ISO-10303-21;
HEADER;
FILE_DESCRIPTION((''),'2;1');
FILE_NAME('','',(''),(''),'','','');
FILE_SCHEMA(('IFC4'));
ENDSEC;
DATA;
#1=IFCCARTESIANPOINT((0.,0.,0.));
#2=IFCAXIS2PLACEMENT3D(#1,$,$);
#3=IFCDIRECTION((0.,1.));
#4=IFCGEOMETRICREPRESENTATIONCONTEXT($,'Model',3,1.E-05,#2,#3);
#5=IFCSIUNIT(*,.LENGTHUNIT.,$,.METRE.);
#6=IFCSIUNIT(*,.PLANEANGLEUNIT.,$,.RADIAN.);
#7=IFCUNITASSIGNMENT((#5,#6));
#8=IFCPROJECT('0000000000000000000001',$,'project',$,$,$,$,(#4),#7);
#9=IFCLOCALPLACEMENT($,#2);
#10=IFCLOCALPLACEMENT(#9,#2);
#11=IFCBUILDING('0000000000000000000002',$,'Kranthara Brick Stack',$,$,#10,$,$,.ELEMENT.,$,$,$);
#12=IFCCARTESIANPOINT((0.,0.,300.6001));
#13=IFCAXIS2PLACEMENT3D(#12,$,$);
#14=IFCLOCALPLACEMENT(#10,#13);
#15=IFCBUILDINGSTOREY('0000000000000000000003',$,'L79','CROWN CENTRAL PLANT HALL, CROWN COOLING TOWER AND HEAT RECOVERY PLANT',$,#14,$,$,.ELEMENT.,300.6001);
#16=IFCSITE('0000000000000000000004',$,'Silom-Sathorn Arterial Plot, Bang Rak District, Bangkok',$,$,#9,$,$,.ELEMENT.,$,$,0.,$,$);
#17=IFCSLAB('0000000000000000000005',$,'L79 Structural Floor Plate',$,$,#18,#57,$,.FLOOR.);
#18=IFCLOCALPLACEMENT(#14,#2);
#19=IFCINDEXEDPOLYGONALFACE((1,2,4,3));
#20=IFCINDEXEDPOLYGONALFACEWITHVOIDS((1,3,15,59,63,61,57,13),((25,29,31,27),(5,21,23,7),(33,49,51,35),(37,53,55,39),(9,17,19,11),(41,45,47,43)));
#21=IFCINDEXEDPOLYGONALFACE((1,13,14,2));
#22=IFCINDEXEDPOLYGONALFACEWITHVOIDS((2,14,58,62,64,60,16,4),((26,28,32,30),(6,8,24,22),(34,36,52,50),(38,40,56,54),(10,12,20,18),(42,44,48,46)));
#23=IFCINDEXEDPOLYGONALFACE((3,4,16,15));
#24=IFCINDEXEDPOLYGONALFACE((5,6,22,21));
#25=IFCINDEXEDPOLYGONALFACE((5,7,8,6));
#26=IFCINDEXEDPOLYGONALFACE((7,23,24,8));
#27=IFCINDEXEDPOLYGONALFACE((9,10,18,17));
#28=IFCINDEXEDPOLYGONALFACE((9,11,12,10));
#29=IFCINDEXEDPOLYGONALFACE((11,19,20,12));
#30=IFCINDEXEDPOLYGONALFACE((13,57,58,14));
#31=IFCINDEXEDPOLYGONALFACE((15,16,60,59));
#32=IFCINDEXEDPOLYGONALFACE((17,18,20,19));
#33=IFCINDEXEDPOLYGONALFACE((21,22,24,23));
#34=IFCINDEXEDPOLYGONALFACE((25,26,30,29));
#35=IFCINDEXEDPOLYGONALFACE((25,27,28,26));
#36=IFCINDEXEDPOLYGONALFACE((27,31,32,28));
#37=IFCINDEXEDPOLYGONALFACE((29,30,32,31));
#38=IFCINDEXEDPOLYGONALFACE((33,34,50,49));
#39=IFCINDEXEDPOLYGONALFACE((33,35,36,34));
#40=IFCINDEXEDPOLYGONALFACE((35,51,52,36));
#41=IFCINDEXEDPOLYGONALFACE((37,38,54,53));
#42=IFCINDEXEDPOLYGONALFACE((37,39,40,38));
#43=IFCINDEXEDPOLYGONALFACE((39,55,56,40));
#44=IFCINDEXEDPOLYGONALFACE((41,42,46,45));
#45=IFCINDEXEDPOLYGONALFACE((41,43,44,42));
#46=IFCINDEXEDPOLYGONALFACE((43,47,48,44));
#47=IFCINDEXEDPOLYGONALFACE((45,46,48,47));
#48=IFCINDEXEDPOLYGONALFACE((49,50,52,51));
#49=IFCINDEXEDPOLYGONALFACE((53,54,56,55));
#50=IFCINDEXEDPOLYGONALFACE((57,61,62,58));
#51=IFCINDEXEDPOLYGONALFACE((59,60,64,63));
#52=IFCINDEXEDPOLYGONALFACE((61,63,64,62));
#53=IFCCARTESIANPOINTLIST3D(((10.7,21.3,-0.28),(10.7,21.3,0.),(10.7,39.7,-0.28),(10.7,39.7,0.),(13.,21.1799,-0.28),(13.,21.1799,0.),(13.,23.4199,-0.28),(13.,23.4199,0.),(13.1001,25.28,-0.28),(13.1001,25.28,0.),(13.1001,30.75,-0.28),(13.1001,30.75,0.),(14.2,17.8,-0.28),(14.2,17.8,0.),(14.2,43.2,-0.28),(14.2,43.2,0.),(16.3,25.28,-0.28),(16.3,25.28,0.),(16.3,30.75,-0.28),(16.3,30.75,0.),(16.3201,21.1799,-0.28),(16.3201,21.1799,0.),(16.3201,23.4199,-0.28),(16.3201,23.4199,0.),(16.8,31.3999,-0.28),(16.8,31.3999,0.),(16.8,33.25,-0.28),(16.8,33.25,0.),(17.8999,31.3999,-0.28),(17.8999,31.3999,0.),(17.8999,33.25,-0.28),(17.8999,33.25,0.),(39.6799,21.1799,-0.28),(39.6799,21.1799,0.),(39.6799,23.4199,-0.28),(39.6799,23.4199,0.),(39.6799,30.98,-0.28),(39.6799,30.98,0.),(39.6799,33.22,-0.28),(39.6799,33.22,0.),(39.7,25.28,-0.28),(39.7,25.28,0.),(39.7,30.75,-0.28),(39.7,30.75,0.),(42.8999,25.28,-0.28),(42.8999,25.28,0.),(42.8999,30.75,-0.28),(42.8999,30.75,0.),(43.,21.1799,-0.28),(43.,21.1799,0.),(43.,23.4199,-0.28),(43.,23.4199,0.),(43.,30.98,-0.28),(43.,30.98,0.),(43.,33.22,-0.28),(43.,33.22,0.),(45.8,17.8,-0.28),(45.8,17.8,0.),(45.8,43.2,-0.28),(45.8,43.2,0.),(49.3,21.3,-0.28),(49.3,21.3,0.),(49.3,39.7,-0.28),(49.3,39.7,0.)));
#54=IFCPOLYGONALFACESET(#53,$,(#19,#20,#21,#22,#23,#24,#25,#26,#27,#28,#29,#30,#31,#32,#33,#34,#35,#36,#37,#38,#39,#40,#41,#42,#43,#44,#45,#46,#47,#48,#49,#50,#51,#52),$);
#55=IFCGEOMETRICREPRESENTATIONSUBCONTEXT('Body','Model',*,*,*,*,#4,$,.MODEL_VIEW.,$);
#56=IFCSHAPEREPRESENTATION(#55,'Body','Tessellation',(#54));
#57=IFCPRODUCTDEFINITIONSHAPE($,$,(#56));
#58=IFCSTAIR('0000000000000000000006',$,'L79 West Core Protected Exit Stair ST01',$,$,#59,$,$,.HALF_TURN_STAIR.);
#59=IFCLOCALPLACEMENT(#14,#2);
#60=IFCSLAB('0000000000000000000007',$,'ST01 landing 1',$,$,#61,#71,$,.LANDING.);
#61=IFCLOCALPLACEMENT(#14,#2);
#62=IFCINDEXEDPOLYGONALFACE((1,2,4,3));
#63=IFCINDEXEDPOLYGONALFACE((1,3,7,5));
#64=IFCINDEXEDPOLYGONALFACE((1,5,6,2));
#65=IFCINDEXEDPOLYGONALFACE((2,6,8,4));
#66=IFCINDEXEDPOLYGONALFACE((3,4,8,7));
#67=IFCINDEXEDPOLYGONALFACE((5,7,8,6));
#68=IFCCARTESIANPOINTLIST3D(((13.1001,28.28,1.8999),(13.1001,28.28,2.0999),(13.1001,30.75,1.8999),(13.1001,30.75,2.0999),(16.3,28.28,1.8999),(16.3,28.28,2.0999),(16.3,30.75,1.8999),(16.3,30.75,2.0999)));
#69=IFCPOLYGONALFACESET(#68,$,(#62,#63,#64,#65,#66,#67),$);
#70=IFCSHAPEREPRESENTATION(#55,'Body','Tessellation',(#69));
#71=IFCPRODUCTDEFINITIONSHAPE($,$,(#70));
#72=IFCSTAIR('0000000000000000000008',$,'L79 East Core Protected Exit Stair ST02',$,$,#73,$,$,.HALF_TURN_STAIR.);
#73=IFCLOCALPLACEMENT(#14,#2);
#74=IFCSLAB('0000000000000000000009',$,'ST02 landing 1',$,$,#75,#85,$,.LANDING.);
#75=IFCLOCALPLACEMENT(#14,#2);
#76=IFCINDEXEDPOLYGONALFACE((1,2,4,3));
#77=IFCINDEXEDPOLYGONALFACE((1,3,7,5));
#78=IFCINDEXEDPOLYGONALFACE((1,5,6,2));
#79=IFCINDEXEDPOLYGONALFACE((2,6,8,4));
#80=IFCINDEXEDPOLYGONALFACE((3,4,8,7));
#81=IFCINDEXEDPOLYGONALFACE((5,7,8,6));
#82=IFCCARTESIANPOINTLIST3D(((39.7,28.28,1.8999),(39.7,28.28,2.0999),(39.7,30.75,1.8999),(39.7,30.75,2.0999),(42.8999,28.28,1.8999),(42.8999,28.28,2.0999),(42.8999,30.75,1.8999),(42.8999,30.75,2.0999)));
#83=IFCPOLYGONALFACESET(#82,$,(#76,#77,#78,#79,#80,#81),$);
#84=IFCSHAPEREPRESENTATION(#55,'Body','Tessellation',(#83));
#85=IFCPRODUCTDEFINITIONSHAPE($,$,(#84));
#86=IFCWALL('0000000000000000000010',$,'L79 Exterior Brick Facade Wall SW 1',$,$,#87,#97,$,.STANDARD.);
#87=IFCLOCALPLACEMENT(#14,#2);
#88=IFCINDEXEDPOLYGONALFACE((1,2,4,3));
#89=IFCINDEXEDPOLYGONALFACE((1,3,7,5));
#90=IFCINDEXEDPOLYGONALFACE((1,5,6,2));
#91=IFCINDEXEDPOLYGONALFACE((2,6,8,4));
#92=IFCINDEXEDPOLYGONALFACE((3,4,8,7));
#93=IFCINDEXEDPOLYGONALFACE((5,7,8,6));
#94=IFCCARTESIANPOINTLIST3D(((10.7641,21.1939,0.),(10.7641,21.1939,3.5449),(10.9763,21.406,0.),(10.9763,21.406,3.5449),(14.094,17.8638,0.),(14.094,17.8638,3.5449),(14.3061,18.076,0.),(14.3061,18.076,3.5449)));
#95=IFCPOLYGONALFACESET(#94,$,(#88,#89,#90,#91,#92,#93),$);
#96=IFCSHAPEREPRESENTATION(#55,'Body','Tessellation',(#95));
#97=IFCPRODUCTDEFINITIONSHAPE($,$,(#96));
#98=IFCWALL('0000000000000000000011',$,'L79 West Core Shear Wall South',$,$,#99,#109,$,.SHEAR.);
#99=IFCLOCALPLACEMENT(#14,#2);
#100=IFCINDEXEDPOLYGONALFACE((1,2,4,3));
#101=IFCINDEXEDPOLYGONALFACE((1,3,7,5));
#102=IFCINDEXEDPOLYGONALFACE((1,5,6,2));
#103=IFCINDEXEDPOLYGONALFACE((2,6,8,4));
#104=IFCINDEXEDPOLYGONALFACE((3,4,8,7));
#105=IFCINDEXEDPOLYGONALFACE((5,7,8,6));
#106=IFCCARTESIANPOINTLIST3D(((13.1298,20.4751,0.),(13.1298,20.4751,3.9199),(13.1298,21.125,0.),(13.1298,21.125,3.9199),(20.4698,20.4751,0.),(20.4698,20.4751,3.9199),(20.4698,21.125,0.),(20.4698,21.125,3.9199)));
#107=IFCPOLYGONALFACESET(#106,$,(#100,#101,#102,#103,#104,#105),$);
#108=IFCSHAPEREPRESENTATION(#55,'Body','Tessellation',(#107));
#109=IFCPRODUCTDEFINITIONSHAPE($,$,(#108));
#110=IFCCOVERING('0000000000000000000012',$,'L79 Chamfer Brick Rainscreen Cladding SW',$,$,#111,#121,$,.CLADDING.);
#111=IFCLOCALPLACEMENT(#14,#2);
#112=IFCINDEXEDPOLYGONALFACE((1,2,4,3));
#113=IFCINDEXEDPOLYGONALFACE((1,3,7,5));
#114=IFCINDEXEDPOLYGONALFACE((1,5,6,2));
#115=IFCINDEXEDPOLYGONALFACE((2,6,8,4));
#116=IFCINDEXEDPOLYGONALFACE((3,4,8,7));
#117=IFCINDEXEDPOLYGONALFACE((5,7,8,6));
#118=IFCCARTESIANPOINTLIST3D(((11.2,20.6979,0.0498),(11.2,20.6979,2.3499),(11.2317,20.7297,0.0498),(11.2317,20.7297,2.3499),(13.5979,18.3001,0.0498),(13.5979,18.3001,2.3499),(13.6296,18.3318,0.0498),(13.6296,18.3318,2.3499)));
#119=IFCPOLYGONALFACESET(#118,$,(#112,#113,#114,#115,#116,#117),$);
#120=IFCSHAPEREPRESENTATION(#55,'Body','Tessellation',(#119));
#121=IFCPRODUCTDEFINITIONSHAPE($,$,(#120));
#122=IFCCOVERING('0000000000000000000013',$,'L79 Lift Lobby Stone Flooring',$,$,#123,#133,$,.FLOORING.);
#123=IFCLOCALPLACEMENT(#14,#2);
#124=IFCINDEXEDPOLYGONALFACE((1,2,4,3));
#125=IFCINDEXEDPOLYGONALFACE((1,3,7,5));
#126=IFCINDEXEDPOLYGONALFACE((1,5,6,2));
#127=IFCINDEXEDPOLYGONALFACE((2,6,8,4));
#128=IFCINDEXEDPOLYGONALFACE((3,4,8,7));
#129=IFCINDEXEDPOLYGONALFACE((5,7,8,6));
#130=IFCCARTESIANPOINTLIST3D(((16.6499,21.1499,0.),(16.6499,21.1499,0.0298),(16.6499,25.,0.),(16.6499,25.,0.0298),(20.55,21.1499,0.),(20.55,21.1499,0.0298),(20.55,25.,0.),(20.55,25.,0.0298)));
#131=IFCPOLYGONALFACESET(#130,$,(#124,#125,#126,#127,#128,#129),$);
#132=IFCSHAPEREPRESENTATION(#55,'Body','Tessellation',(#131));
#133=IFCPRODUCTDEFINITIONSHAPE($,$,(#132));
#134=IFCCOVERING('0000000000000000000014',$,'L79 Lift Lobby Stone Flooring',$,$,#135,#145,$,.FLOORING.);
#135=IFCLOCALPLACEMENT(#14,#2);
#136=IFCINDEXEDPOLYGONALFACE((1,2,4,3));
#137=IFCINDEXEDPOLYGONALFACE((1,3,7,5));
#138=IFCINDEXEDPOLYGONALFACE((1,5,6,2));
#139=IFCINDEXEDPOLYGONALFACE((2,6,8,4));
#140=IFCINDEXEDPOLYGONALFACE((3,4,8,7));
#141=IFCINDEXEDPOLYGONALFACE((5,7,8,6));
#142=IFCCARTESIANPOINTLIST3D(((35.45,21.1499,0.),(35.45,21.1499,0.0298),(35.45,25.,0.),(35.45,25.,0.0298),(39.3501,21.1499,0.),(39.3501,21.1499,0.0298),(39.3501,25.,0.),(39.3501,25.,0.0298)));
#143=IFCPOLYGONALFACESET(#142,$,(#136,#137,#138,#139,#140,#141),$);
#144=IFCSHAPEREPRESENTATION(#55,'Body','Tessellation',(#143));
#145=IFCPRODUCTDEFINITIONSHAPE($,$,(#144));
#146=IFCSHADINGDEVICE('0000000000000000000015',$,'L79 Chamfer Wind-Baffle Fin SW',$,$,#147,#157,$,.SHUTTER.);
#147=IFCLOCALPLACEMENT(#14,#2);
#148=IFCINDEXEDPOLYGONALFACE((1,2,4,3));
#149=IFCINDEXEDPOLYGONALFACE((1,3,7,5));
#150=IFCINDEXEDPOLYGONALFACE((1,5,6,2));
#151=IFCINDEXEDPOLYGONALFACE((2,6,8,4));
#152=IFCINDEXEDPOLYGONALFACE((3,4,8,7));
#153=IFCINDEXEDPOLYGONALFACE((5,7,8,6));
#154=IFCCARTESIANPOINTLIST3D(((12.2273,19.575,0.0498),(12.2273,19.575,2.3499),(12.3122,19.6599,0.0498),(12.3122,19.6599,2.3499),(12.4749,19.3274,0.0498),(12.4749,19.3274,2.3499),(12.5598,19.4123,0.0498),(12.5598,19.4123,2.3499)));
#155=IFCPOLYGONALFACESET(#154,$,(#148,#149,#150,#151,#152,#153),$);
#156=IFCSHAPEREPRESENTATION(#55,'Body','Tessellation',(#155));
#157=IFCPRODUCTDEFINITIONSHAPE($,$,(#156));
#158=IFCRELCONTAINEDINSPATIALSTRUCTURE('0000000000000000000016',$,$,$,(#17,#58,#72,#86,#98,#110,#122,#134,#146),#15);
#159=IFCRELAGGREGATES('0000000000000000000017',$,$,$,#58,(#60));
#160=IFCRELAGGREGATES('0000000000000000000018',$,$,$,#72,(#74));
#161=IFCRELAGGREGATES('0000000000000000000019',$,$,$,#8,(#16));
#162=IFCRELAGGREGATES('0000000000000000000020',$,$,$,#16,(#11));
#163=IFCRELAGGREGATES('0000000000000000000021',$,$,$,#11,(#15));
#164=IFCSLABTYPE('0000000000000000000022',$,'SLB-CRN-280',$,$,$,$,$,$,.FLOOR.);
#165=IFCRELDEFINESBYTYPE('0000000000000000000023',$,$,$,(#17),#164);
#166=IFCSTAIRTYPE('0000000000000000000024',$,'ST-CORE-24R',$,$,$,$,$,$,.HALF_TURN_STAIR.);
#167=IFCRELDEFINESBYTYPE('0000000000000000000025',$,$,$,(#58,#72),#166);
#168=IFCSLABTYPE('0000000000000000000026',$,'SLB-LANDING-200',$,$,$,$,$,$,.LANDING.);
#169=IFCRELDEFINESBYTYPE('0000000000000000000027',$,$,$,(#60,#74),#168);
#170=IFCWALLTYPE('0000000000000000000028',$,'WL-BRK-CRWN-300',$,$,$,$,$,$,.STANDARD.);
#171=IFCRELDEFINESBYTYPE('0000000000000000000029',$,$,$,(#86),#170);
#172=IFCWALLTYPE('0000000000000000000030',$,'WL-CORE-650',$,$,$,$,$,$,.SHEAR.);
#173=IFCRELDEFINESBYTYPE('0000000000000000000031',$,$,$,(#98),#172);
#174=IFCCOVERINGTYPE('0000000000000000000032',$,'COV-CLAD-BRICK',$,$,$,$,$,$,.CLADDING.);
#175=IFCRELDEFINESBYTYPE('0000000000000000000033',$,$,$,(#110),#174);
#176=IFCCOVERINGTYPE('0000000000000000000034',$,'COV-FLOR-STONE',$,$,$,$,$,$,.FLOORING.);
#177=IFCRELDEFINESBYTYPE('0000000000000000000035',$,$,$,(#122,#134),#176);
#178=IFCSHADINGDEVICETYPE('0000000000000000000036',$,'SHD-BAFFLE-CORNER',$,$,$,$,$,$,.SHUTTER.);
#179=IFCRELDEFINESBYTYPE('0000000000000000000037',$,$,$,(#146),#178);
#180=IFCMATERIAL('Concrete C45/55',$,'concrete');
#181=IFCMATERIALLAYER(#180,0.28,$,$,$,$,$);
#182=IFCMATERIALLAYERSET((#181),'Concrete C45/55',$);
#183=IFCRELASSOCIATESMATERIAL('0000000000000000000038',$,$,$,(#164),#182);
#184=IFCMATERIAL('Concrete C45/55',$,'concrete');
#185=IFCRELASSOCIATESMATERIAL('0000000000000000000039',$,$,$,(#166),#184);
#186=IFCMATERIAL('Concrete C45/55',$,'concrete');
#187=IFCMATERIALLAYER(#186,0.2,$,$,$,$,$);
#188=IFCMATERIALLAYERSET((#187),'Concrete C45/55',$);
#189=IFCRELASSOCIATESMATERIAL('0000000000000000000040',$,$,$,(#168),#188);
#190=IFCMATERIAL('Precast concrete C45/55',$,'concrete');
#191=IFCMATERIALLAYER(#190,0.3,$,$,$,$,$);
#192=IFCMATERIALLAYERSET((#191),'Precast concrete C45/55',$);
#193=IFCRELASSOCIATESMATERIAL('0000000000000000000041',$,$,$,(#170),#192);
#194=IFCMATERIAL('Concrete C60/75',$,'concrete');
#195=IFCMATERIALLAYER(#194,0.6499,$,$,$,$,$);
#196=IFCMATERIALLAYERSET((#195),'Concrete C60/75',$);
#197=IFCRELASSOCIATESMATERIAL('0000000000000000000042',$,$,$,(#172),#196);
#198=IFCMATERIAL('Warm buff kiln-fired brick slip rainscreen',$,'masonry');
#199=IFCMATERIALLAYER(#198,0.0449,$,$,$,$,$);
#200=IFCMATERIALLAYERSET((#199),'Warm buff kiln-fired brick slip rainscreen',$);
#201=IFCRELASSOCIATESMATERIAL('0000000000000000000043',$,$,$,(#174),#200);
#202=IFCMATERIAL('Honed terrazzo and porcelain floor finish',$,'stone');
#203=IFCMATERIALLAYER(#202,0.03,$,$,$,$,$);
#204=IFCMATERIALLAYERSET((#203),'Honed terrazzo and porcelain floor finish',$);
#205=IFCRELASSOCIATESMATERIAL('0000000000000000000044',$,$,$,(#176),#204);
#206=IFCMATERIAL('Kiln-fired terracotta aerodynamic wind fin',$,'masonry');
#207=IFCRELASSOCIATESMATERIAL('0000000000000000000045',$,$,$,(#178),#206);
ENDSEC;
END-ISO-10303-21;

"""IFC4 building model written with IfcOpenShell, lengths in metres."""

from ifc_helpers import new_model, si_unit, direction, frame, frame_2d, origin, origin_2d, place, context, subcontext, project, spatial, polyline, rectangle, outline, extrude, material, layer, layer_set, type_object, element, aggregate, save


model = new_model("IFC4")

# Units and contexts
model_context = context("Model", 3, precision=1e-05, world=origin(), true_north=direction((0.0, 1.0)))
body_context = subcontext(model_context, "Body", "Model", "MODEL_VIEW")
ifc_project = project(units=[si_unit("LENGTHUNIT", "METRE"), si_unit("PLANEANGLEUNIT", "RADIAN")], contexts=[model_context])

# Site, building, storey
site_placement = place(None, origin())
site = spatial("IfcSite", under=ifc_project, at=site_placement, Name="Silom-Sathorn Arterial Plot, Bang Rak District, Bangkok", CompositionType="ELEMENT", RefElevation=0.0)
building_placement = place(site_placement, origin())
building = spatial("IfcBuilding", under=site, at=building_placement, Name="Kranthara Brick Stack", CompositionType="ELEMENT")
storey_placement = place(building_placement, frame((0.0, 0.0, 300.6001)))
storey = spatial("IfcBuildingStorey", under=building, at=storey_placement, Name="L79", Description="CROWN CENTRAL PLANT HALL, CROWN COOLING TOWER AND HEAT RECOVERY PLANT", CompositionType="ELEMENT", Elevation=300.6001)

# Slab
ifc_material_1 = material(Name="Concrete C45/55", Category="concrete")
ifc_layer_1 = layer(ifc_material_1, 0.28)
ifc_layer_set_1 = layer_set([ifc_layer_1], Name="Concrete C45/55")
slab_type_1 = type_object("IfcSlabType", Name="SLB-CRN-280", PredefinedType="FLOOR", material=ifc_layer_set_1)
slab_1_placement = place(storey_placement, frame((0.0, 0.0, -0.28)))
element("IfcSlab", 1, at=slab_1_placement, inside=storey, type_object=slab_type_1, Name="L79 Structural Floor Plate", PredefinedType="FLOOR", context=body_context, shape_type="SweptSolid", body=[
    extrude(outline(polyline([(14.2, 17.8), (45.8, 17.8), (49.3, 21.3), (49.3, 39.7), (45.8, 43.2), (14.2, 43.2), (10.7, 39.7), (10.7, 21.3), (14.2, 17.8)]), holes=[polyline([(13.1001, 25.28), (16.3, 25.28), (16.3, 30.75), (13.1001, 30.75), (13.1001, 25.28)]), polyline([(39.7, 25.28), (42.8999, 25.28), (42.8999, 30.75), (39.7, 30.75), (39.7, 25.28)]), polyline([(13.0, 21.1799), (16.3201, 21.1799), (16.3201, 23.4199), (13.0, 23.4199), (13.0, 21.1799)]), polyline([(39.6799, 21.1799), (43.0, 21.1799), (43.0, 23.4199), (39.6799, 23.4199), (39.6799, 21.1799)]), polyline([(39.6799, 30.98), (43.0, 30.98), (43.0, 33.22), (39.6799, 33.22), (39.6799, 30.98)]), polyline([(16.8, 31.3999), (17.8999, 31.3999), (17.8999, 33.25), (16.8, 33.25), (16.8, 31.3999)])]), origin(), (0.0, 0.0, 1.0), 0.28),
])

# Stairs, slabs
ifc_material_2 = material(Name="Concrete C45/55", Category="concrete")
stair_type = type_object("IfcStairType", Name="ST-CORE-24R", PredefinedType="HALF_TURN_STAIR", material=ifc_material_2)
stair_1_placement = place(storey_placement, origin())
stair_1 = element("IfcStair", 2, at=stair_1_placement, inside=storey, type_object=stair_type, Name="L79 West Core Protected Exit Stair ST01", PredefinedType="HALF_TURN_STAIR")
ifc_material_3 = material(Name="Concrete C45/55", Category="concrete")
ifc_layer_2 = layer(ifc_material_3, 0.2)
ifc_layer_set_2 = layer_set([ifc_layer_2], Name="Concrete C45/55")
slab_type_2 = type_object("IfcSlabType", Name="SLB-LANDING-200", PredefinedType="LANDING", material=ifc_layer_set_2)
slab_2_placement = place(storey_placement, frame((0.0, 0.0, 1.8999)))
slab_2 = element("IfcSlab", 3, at=slab_2_placement, type_object=slab_type_2, Name="ST01 landing 1", PredefinedType="LANDING", context=body_context, shape_type="SweptSolid", body=[
    extrude(outline(polyline([(16.3, 28.28), (16.3, 30.75), (13.1001, 30.75), (13.1001, 28.28), (16.3, 28.28)])), origin(), (0.0, 0.0, 1.0), 0.2),
])
aggregate(stair_1, [slab_2])
stair_2_placement = place(storey_placement, origin())
stair_2 = element("IfcStair", 4, at=stair_2_placement, inside=storey, type_object=stair_type, Name="L79 East Core Protected Exit Stair ST02", PredefinedType="HALF_TURN_STAIR")
slab_3_placement = place(storey_placement, frame((0.0, 0.0, 1.8999)))
slab_3 = element("IfcSlab", 5, at=slab_3_placement, type_object=slab_type_2, Name="ST02 landing 1", PredefinedType="LANDING", context=body_context, shape_type="SweptSolid", body=[
    extrude(outline(polyline([(42.8999, 28.28), (42.8999, 30.75), (39.7, 30.75), (39.7, 28.28), (42.8999, 28.28)])), origin(), (0.0, 0.0, 1.0), 0.2),
])
aggregate(stair_2, [slab_3])

# Walls
ifc_material_4 = material(Name="Precast concrete C45/55", Category="concrete")
ifc_layer_3 = layer(ifc_material_4, 0.3)
ifc_layer_set_3 = layer_set([ifc_layer_3], Name="Precast concrete C45/55")
wall_type_1 = type_object("IfcWallType", Name="WL-BRK-CRWN-300", PredefinedType="STANDARD", material=ifc_layer_set_3)
wall_1_placement = place(storey_placement, frame((14.2, 17.97, 0.0), z_axis=(0.0, 0.0, 1.0), x_axis=(-0.707081, 0.707133, 0.0)))
element("IfcWall", 6, at=wall_1_placement, inside=storey, type_object=wall_type_1, Name="L79 Exterior Brick Facade Wall SW 1", PredefinedType="STANDARD", context=body_context, shape_type="SweptSolid", body=[
    extrude(rectangle(XDim=4.7092, YDim=0.3, at=frame_2d((2.3545, 0.0))), origin(), (0.0, 0.0, 1.0), 3.5449),
])
ifc_material_5 = material(Name="Concrete C60/75", Category="concrete")
ifc_layer_4 = layer(ifc_material_5, 0.6499)
ifc_layer_set_4 = layer_set([ifc_layer_4], Name="Concrete C60/75")
wall_type_2 = type_object("IfcWallType", Name="WL-CORE-650", PredefinedType="SHEAR", material=ifc_layer_set_4)
wall_2_placement = place(storey_placement, frame((13.1299, 20.8, 0.0), z_axis=(0.0, 0.0, 1.0), x_axis=(1.0, 0.0, 0.0)))
element("IfcWall", 7, at=wall_2_placement, inside=storey, type_object=wall_type_2, Name="L79 West Core Shear Wall South", PredefinedType="SHEAR", context=body_context, shape_type="SweptSolid", body=[
    extrude(rectangle(XDim=7.3401, YDim=0.6499, at=frame_2d((3.6699, 0.0))), origin(), (0.0, 0.0, 1.0), 3.9199),
])

# Coverings
ifc_material_6 = material(Name="Warm buff kiln-fired brick slip rainscreen", Category="masonry")
ifc_layer_5 = layer(ifc_material_6, 0.0449)
ifc_layer_set_5 = layer_set([ifc_layer_5], Name="Warm buff kiln-fired brick slip rainscreen")
covering_type_1 = type_object("IfcCoveringType", Name="COV-CLAD-BRICK", PredefinedType="CLADDING", material=ifc_layer_set_5)
covering_1_placement = place(storey_placement, frame((12.4148, 19.5149, 0.0498), z_axis=(0.0, 0.0, 1.0), x_axis=(-0.707107, 0.707107, 0.0)))
element("IfcCovering", 8, at=covering_1_placement, inside=storey, type_object=covering_type_1, Name="L79 Chamfer Brick Rainscreen Cladding SW", PredefinedType="CLADDING", context=body_context, shape_type="SweptSolid", body=[
    extrude(rectangle(XDim=3.3911, YDim=0.0449, at=origin_2d()), origin(), (0.0, 0.0, 1.0), 2.3),
])
ifc_material_7 = material(Name="Honed terrazzo and porcelain floor finish", Category="stone")
ifc_layer_6 = layer(ifc_material_7, 0.03)
ifc_layer_set_6 = layer_set([ifc_layer_6], Name="Honed terrazzo and porcelain floor finish")
covering_type_2 = type_object("IfcCoveringType", Name="COV-FLOR-STONE", PredefinedType="FLOORING", material=ifc_layer_set_6)
covering_2_placement = place(storey_placement, origin())
element("IfcCovering", 9, at=covering_2_placement, inside=storey, type_object=covering_type_2, Name="L79 Lift Lobby Stone Flooring", PredefinedType="FLOORING", context=body_context, shape_type="SweptSolid", body=[
    extrude(outline(polyline([(20.55, 21.1499), (20.55, 25.0), (16.6499, 25.0), (16.6499, 21.1499), (20.55, 21.1499)])), origin(), (0.0, 0.0, 1.0), 0.0298),
])
covering_3_placement = place(storey_placement, origin())
element("IfcCovering", 10, at=covering_3_placement, inside=storey, type_object=covering_type_2, Name="L79 Lift Lobby Stone Flooring", PredefinedType="FLOORING", context=body_context, shape_type="SweptSolid", body=[
    extrude(outline(polyline([(39.3501, 21.1499), (39.3501, 25.0), (35.45, 25.0), (35.45, 21.1499), (39.3501, 21.1499)])), origin(), (0.0, 0.0, 1.0), 0.0298),
])

# Shading device
ifc_material_8 = material(Name="Kiln-fired terracotta aerodynamic wind fin", Category="masonry")
shading_device_type = type_object("IfcShadingDeviceType", Name="SHD-BAFFLE-CORNER", PredefinedType="SHUTTER", material=ifc_material_8)
shading_device_placement = place(storey_placement, frame((12.3936, 19.4937, 0.0498), z_axis=(0.0, 0.0, 1.0), x_axis=(-0.707107, 0.707107, 0.0)))
element("IfcShadingDevice", 11, at=shading_device_placement, inside=storey, type_object=shading_device_type, Name="L79 Chamfer Wind-Baffle Fin SW", PredefinedType="SHUTTER", context=body_context, shape_type="SweptSolid", body=[
    extrude(rectangle(XDim=0.3501, YDim=0.1201, at=origin_2d()), origin(), (0.0, 0.0, 1.0), 2.3),
])

save(model, "model.ifc")
